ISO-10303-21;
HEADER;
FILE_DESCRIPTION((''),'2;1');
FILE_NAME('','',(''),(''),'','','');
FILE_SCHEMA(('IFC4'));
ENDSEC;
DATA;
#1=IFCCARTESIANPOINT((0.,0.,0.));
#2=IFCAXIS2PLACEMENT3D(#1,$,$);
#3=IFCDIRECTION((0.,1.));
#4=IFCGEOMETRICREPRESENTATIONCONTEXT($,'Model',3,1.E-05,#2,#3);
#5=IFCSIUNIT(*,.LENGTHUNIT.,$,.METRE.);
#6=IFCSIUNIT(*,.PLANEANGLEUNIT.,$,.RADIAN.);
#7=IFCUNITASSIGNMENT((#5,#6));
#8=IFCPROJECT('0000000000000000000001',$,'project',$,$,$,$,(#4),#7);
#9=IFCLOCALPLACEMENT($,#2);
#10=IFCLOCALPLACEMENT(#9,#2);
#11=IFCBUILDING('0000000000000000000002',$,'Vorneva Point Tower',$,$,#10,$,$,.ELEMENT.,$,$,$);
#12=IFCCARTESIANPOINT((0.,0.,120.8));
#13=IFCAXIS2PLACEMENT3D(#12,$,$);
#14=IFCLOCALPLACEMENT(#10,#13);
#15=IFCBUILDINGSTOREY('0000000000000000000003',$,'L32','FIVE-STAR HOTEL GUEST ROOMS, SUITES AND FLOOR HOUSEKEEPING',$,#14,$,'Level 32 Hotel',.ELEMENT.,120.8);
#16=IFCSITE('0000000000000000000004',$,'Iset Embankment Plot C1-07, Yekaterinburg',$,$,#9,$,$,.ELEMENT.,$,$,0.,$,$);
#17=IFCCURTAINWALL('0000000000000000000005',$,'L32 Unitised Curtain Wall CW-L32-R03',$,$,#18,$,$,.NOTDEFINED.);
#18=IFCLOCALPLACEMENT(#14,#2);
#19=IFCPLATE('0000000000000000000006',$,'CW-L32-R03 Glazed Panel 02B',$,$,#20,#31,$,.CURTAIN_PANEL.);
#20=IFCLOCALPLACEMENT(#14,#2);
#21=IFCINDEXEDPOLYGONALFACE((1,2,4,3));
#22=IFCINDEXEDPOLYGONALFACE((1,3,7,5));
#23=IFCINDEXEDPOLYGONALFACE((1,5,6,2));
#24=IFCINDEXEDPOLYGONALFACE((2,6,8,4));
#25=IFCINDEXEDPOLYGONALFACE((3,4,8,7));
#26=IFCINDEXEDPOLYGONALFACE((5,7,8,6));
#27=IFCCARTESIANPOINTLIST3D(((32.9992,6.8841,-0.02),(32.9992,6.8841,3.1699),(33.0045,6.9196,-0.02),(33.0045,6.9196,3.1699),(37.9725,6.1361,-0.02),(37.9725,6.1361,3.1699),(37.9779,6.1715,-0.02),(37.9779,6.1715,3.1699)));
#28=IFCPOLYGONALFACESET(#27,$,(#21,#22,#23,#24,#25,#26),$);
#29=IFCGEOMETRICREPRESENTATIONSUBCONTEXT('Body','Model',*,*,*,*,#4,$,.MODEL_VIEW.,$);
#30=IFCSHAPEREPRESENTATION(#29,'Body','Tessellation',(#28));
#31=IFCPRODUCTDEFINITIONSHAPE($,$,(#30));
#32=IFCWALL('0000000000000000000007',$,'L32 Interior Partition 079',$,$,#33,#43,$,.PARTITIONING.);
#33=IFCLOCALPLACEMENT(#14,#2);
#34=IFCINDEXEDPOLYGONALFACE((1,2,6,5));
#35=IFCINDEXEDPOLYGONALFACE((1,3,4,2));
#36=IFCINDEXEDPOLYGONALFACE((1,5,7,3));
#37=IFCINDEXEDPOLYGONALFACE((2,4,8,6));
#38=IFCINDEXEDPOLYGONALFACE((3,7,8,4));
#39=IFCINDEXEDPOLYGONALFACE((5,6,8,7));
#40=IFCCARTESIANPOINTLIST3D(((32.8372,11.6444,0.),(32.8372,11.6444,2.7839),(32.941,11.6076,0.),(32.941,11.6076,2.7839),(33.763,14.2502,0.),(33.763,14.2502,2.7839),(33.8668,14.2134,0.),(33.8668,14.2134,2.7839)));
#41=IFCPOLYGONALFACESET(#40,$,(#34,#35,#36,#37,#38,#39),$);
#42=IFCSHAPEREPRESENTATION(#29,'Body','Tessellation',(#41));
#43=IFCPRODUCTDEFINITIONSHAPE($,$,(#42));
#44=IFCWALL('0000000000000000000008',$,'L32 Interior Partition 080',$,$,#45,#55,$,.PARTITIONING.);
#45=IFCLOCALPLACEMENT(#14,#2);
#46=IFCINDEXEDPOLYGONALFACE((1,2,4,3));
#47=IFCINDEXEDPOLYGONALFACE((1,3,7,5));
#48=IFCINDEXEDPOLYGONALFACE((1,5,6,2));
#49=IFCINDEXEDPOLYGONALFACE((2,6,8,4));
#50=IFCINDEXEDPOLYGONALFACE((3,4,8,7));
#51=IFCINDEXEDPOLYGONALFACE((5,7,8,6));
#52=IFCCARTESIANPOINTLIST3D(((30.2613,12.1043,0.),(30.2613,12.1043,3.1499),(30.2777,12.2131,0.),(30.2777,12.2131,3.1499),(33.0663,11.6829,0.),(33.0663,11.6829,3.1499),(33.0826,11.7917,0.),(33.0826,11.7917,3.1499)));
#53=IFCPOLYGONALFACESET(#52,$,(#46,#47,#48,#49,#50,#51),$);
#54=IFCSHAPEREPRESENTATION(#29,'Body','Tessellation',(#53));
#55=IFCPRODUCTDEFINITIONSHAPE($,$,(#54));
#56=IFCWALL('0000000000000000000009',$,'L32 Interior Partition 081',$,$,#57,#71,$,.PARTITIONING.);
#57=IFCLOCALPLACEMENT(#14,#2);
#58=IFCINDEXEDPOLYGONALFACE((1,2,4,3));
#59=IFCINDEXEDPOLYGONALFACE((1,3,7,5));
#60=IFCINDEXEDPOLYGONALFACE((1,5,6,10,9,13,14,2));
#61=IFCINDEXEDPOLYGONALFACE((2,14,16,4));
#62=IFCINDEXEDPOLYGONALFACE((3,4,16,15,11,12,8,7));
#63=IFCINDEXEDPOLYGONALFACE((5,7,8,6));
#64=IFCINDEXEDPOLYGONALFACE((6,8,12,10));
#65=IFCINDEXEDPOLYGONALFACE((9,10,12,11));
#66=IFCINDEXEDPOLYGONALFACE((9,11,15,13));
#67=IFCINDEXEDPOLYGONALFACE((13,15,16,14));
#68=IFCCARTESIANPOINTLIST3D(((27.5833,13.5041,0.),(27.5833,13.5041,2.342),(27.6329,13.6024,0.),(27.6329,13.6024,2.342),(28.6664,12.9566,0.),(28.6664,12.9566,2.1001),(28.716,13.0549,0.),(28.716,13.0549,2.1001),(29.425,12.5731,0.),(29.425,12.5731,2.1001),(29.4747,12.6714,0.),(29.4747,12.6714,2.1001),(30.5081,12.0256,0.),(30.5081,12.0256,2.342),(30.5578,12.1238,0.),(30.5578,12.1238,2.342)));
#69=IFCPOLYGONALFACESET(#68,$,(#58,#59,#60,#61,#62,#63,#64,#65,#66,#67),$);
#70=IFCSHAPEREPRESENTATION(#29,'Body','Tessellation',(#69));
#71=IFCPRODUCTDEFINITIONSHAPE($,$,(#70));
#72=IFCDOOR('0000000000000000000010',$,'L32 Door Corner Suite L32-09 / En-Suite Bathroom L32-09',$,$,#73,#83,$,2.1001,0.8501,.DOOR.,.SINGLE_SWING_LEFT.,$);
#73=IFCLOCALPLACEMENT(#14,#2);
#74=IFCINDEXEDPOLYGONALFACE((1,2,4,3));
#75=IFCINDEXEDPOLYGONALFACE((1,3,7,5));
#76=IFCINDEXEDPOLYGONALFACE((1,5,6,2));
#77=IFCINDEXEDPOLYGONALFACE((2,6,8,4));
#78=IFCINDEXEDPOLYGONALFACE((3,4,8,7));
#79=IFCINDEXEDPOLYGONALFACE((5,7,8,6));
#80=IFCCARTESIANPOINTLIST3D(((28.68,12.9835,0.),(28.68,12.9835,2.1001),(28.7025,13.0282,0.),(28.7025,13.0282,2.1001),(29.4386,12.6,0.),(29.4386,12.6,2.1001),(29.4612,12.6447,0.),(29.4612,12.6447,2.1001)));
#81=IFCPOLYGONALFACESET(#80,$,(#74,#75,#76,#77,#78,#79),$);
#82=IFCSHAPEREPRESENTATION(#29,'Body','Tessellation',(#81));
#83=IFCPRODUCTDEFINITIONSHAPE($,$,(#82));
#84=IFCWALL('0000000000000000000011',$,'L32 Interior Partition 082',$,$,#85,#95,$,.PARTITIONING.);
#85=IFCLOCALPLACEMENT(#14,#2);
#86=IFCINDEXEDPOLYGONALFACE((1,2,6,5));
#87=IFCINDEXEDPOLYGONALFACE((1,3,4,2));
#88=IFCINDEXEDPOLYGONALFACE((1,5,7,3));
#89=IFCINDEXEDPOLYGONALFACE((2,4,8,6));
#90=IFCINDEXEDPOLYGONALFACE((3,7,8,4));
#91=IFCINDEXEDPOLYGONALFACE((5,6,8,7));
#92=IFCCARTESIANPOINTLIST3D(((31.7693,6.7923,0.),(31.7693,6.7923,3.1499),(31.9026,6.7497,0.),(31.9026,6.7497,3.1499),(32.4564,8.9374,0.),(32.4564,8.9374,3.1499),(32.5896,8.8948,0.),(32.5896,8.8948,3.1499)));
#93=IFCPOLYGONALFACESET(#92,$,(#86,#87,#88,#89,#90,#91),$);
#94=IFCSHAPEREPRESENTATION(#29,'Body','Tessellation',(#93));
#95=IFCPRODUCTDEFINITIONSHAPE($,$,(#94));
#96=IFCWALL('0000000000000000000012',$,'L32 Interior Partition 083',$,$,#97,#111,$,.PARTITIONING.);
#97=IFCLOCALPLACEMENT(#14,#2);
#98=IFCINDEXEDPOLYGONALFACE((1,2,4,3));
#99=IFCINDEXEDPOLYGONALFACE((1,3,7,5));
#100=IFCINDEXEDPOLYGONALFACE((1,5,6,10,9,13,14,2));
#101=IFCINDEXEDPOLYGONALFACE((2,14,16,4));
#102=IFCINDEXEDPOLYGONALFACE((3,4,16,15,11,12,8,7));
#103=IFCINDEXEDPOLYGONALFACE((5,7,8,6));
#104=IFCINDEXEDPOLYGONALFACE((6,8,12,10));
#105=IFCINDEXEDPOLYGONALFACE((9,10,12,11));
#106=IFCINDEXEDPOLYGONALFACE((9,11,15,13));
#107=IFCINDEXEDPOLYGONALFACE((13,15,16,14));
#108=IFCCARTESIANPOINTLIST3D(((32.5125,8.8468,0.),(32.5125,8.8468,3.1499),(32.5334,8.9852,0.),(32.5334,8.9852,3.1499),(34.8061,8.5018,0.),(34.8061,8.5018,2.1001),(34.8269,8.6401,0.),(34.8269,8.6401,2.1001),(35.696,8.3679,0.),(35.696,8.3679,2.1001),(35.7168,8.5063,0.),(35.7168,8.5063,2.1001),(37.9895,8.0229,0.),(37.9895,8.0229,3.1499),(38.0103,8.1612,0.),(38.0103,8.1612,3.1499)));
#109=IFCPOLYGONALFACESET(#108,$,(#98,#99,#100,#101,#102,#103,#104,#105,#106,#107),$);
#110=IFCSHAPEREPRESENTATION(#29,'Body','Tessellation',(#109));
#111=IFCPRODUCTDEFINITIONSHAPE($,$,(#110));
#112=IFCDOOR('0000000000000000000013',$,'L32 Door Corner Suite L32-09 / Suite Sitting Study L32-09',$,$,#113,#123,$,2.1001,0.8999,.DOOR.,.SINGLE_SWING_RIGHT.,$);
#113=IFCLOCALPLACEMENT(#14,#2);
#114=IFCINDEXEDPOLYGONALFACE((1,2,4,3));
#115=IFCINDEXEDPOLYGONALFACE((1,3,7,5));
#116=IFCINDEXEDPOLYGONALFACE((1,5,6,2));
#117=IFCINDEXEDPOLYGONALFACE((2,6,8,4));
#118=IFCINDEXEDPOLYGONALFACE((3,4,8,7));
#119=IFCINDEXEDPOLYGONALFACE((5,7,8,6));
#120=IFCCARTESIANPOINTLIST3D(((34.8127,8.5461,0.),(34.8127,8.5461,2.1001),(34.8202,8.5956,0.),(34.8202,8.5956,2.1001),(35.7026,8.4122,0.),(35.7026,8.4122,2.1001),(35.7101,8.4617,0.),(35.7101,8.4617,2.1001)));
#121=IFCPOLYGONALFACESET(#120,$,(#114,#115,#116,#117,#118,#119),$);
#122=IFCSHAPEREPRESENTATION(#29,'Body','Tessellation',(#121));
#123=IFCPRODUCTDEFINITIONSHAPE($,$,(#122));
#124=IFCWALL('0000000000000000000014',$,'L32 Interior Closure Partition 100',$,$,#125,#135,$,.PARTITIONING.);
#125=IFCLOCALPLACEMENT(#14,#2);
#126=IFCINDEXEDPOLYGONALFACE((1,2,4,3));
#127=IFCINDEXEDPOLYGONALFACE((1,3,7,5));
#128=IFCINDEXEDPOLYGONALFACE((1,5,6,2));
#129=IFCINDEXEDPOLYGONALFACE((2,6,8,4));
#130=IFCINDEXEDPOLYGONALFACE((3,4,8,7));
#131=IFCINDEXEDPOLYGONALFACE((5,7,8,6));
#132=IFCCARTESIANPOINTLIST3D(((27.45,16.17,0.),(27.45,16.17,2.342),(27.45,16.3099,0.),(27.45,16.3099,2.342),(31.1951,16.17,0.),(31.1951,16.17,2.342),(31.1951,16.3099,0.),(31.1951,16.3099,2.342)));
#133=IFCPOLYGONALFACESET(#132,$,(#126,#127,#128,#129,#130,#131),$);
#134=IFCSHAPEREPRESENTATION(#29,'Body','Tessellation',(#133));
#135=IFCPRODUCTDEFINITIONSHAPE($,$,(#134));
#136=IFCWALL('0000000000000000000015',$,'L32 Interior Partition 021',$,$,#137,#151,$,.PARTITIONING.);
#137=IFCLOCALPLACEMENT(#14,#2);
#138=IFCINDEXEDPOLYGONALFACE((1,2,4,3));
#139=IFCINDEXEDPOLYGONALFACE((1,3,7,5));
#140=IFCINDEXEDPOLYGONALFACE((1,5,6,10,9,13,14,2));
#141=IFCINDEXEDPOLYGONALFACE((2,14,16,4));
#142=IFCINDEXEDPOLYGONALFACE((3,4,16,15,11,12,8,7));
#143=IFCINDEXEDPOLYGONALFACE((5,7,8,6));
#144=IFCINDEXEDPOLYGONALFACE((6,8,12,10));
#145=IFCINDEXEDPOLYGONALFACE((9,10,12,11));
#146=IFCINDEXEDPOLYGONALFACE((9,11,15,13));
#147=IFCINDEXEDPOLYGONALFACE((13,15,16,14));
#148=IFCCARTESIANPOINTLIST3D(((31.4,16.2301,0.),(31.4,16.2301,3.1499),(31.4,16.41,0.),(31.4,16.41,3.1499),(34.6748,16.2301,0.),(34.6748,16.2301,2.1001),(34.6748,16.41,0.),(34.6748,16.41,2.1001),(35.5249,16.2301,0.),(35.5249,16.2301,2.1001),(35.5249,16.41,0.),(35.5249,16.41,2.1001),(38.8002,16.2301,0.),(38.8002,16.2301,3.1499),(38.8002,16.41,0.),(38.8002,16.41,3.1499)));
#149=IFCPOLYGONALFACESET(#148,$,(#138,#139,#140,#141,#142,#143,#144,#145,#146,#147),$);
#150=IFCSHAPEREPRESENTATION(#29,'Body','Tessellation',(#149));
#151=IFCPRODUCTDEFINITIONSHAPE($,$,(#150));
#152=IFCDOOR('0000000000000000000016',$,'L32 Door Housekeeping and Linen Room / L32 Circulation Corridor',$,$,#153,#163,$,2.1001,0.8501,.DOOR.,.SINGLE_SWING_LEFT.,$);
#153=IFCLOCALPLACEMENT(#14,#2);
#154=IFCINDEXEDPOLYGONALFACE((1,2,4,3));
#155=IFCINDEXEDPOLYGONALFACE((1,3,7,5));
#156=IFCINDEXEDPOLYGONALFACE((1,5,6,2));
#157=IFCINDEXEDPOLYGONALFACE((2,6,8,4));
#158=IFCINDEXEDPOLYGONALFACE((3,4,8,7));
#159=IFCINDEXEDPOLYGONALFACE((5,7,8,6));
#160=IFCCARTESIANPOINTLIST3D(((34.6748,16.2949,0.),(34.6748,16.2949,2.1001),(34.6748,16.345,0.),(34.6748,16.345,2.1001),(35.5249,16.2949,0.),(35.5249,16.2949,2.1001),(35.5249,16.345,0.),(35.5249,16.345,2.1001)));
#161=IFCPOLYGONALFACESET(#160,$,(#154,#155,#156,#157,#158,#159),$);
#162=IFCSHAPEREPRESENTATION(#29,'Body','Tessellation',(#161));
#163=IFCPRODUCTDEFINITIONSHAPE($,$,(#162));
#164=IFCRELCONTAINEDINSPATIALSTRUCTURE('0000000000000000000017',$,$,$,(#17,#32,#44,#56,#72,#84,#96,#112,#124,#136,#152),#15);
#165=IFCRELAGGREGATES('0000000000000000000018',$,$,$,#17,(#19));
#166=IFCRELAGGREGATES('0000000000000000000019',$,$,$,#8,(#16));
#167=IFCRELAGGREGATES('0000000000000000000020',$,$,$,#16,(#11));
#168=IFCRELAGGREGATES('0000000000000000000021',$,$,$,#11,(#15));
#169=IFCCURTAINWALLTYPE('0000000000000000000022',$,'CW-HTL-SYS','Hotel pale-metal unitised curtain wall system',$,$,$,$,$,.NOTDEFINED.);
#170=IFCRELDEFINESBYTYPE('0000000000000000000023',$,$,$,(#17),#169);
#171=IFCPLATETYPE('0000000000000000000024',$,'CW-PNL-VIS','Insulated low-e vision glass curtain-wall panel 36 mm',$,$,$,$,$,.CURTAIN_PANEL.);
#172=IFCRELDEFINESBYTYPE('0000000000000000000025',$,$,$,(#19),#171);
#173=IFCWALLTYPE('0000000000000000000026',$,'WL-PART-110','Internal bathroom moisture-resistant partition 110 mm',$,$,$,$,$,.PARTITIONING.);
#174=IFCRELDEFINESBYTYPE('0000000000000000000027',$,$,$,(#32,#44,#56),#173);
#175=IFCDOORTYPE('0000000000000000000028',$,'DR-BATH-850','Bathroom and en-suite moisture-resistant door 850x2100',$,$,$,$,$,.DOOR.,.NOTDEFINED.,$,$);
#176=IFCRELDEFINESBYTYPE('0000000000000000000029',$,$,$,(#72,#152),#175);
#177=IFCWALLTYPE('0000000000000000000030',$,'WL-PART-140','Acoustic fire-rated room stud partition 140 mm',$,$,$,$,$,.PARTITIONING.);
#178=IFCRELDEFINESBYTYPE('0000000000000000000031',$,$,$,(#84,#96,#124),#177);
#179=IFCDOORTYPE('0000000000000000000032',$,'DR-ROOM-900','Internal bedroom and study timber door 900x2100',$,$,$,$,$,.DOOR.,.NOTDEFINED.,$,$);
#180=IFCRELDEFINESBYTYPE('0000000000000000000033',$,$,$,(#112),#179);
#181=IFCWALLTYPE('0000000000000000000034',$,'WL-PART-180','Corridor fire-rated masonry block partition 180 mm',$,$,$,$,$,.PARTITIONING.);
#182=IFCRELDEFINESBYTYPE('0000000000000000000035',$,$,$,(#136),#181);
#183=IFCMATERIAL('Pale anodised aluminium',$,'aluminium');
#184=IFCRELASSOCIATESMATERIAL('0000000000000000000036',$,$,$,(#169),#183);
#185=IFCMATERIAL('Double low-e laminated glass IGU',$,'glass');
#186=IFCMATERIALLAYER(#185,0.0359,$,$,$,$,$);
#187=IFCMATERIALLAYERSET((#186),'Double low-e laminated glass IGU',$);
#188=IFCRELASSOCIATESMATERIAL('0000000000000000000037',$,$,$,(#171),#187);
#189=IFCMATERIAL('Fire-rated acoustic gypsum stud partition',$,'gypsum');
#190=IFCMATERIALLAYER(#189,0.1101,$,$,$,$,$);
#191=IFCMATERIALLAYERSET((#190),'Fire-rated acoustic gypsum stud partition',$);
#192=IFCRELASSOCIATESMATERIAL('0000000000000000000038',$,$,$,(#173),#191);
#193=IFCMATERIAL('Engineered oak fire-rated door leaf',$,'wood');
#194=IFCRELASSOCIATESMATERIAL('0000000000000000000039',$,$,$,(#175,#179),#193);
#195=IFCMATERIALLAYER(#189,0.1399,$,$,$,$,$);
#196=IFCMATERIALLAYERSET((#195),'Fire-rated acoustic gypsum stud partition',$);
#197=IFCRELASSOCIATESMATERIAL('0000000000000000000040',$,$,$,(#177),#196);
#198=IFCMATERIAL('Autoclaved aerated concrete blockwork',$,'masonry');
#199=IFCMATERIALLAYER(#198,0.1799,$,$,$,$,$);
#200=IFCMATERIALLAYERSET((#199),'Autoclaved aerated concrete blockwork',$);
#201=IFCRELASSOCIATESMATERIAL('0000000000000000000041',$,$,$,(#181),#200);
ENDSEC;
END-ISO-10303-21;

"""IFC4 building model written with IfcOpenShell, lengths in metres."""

from ifc_helpers import new_model, si_unit, direction, frame, frame_2d, origin, origin_2d, place, context, subcontext, project, spatial, rectangle, extrude, material, layer, layer_set, type_object, element, fill, aggregate, save


model = new_model("IFC4")

# Units and contexts
model_context = context("Model", 3, precision=1e-05, world=origin(), true_north=direction((0.0, 1.0)))
body_context = subcontext(model_context, "Body", "Model", "MODEL_VIEW")
ifc_project = project(units=[si_unit("LENGTHUNIT", "METRE"), si_unit("PLANEANGLEUNIT", "RADIAN")], contexts=[model_context])

# Site, building, storey
site_placement = place(None, origin())
site = spatial("IfcSite", under=ifc_project, at=site_placement, Name="Iset Embankment Plot C1-07, Yekaterinburg", CompositionType="ELEMENT", RefElevation=0.0)
building_placement = place(site_placement, origin())
building = spatial("IfcBuilding", under=site, at=building_placement, Name="Vorneva Point Tower", CompositionType="ELEMENT")
storey_placement = place(building_placement, frame((0.0, 0.0, 120.8)))
storey = spatial("IfcBuildingStorey", under=building, at=storey_placement, Name="L32", Description="FIVE-STAR HOTEL GUEST ROOMS, SUITES AND FLOOR HOUSEKEEPING", LongName="Level 32 Hotel", CompositionType="ELEMENT", Elevation=120.8)

# Curtain wall, plate
ifc_material_1 = material(Name="Pale anodised aluminium", Category="aluminium")
curtain_wall_type = type_object("IfcCurtainWallType", Name="CW-HTL-SYS", Description="Hotel pale-metal unitised curtain wall system", PredefinedType="NOTDEFINED", material=ifc_material_1)
curtain_wall_placement = place(storey_placement, origin())
curtain_wall = element("IfcCurtainWall", 1, at=curtain_wall_placement, inside=storey, type_object=curtain_wall_type, Name="L32 Unitised Curtain Wall CW-L32-R03", PredefinedType="NOTDEFINED")
ifc_material_2 = material(Name="Double low-e laminated glass IGU", Category="glass")
ifc_layer_1 = layer(ifc_material_2, 0.0359)
ifc_layer_set_1 = layer_set([ifc_layer_1], Name="Double low-e laminated glass IGU")
plate_type = type_object("IfcPlateType", Name="CW-PNL-VIS", Description="Insulated low-e vision glass curtain-wall panel 36 mm", PredefinedType="CURTAIN_PANEL", material=ifc_layer_set_1)
plate_1_placement = place(storey_placement, frame((35.4885, 6.5278, -0.02), z_axis=(0.0, 0.0, 1.0), x_axis=(0.988876, -0.148741, 0.0)))
plate_1 = element("IfcPlate", 2, at=plate_1_placement, type_object=plate_type, Name="CW-L32-R03 Glazed Panel 02B", PredefinedType="CURTAIN_PANEL", context=body_context, shape_type="SweptSolid", body=[
    extrude(rectangle(XDim=5.0293, YDim=0.0359, at=origin_2d()), origin(), (0.0, 0.0, 1.0), 3.1899),
])
aggregate(curtain_wall, [plate_1])

# Walls
ifc_material_3 = material(Name="Fire-rated acoustic gypsum stud partition", Category="gypsum")
ifc_layer_2 = layer(ifc_material_3, 0.1101)
ifc_layer_set_2 = layer_set([ifc_layer_2], Name="Fire-rated acoustic gypsum stud partition")
wall_type_1 = type_object("IfcWallType", Name="WL-PART-110", Description="Internal bathroom moisture-resistant partition 110 mm", PredefinedType="PARTITIONING", material=ifc_layer_set_2)
wall_1_placement = place(storey_placement, frame((33.8149, 14.2319, 0.0), z_axis=(0.0, 0.0, 1.0), x_axis=(-0.334787, -0.942294, 0.0)))
element("IfcWall", 3, at=wall_1_placement, inside=storey, type_object=wall_type_1, Name="L32 Interior Partition 079", PredefinedType="PARTITIONING", context=body_context, shape_type="SweptSolid", body=[
    extrude(rectangle(XDim=2.7654, YDim=0.1101, at=frame_2d((1.3828, 0.0))), origin(), (0.0, 0.0, 1.0), 2.7839),
])
wall_2_placement = place(storey_placement, frame((33.0745, 11.7373, 0.0), z_axis=(0.0, 0.0, 1.0), x_axis=(-0.988903, 0.148564, 0.0)))
element("IfcWall", 4, at=wall_2_placement, inside=storey, type_object=wall_type_1, Name="L32 Interior Partition 080", PredefinedType="PARTITIONING", context=body_context, shape_type="SweptSolid", body=[
    extrude(rectangle(XDim=2.8364, YDim=0.1101, at=frame_2d((1.4182, 0.0))), origin(), (0.0, 0.0, 1.0), 3.1499),
])

# Wall, opening, door
wall_3_placement = place(storey_placement, frame((30.533, 12.0747, 0.0), z_axis=(0.0, 0.0, 1.0), x_axis=(-0.892452, 0.451143, 0.0)))
wall_3 = element("IfcWall", 5, at=wall_3_placement, inside=storey, type_object=wall_type_1, Name="L32 Interior Partition 081", PredefinedType="PARTITIONING", context=body_context, shape_type="SweptSolid", body=[
    extrude(rectangle(XDim=3.2773, YDim=0.1101, at=frame_2d((1.6387, 0.0))), origin(), (0.0, 0.0, 1.0), 2.342),
])
opening_1_placement = place(wall_3_placement, frame((1.2136, 0.0, 0.0)))
opening_1 = element("IfcOpeningElement", 6, at=opening_1_placement, cuts=wall_3, PredefinedType="OPENING", context=body_context, shape_type="SweptSolid", body=[
    extrude(rectangle(XDim=0.8501, YDim=2.1001, at=frame_2d((0.425, 1.05))), frame((0.0, 0.0698, 0.0), z_axis=(0.0, -1.0, 0.0), x_axis=(1.0, 0.0, 0.0)), (0.0, 0.0, 1.0), 0.1399),
])
ifc_material_4 = material(Name="Engineered oak fire-rated door leaf", Category="wood")
door_type_1 = type_object("IfcDoorType", Name="DR-BATH-850", Description="Bathroom and en-suite moisture-resistant door 850x2100", OperationType="NOTDEFINED", PredefinedType="DOOR", material=ifc_material_4)
door_1_placement = place(opening_1_placement, origin())
door_1 = element("IfcDoor", 7, at=door_1_placement, inside=storey, type_object=door_type_1, Name="L32 Door Corner Suite L32-09 / En-Suite Bathroom L32-09", OperationType="SINGLE_SWING_LEFT", OverallHeight=2.1001, OverallWidth=0.8501, PredefinedType="DOOR", context=body_context, shape_type="SweptSolid", body=[
    extrude(rectangle(XDim=0.8501, YDim=2.1001, at=frame_2d((0.425, 1.05))), frame((0.0, 0.0249, 0.0), z_axis=(0.0, -1.0, 0.0), x_axis=(1.0, 0.0, 0.0)), (0.0, 0.0, 1.0), 0.05),
])
fill(opening_1, door_1)

# Wall
ifc_layer_3 = layer(ifc_material_3, 0.1399)
ifc_layer_set_3 = layer_set([ifc_layer_3], Name="Fire-rated acoustic gypsum stud partition")
wall_type_2 = type_object("IfcWallType", Name="WL-PART-140", Description="Acoustic fire-rated room stud partition 140 mm", PredefinedType="PARTITIONING", material=ifc_layer_set_3)
wall_4_placement = place(storey_placement, frame((31.8359, 6.771, 0.0), z_axis=(0.0, 0.0, 1.0), x_axis=(0.30502, 0.952346, 0.0)))
element("IfcWall", 8, at=wall_4_placement, inside=storey, type_object=wall_type_2, Name="L32 Interior Partition 082", PredefinedType="PARTITIONING", context=body_context, shape_type="SweptSolid", body=[
    extrude(rectangle(XDim=2.2524, YDim=0.1399, at=frame_2d((1.1262, 0.0))), origin(), (0.0, 0.0, 1.0), 3.1499),
])

# Wall, opening, door
wall_5_placement = place(storey_placement, frame((32.5229, 8.916, 0.0), z_axis=(0.0, 0.0, 1.0), x_axis=(0.988872, -0.148767, 0.0)))
wall_5 = element("IfcWall", 9, at=wall_5_placement, inside=storey, type_object=wall_type_2, Name="L32 Interior Partition 083", PredefinedType="PARTITIONING", context=body_context, shape_type="SweptSolid", body=[
    extrude(rectangle(XDim=5.5386, YDim=0.1399, at=frame_2d((2.7693, 0.0))), origin(), (0.0, 0.0, 1.0), 3.1499),
])
opening_2_placement = place(wall_5_placement, frame((2.3193, 0.0, 0.0)))
opening_2 = element("IfcOpeningElement", 10, at=opening_2_placement, cuts=wall_5, PredefinedType="OPENING", context=body_context, shape_type="SweptSolid", body=[
    extrude(rectangle(XDim=0.8999, YDim=2.1001, at=frame_2d((0.45, 1.05))), frame((0.0, 0.085, 0.0), z_axis=(0.0, -1.0, 0.0), x_axis=(1.0, 0.0, 0.0)), (0.0, 0.0, 1.0), 0.1697),
])
door_type_2 = type_object("IfcDoorType", Name="DR-ROOM-900", Description="Internal bedroom and study timber door 900x2100", OperationType="NOTDEFINED", PredefinedType="DOOR", material=ifc_material_4)
door_2_placement = place(opening_2_placement, origin())
door_2 = element("IfcDoor", 11, at=door_2_placement, inside=storey, type_object=door_type_2, Name="L32 Door Corner Suite L32-09 / Suite Sitting Study L32-09", OperationType="SINGLE_SWING_RIGHT", OverallHeight=2.1001, OverallWidth=0.8999, PredefinedType="DOOR", context=body_context, shape_type="SweptSolid", body=[
    extrude(rectangle(XDim=0.8999, YDim=2.1001, at=frame_2d((0.45, 1.05))), frame((0.0, 0.0249, 0.0), z_axis=(0.0, -1.0, 0.0), x_axis=(1.0, 0.0, 0.0)), (0.0, 0.0, 1.0), 0.05),
])
fill(opening_2, door_2)

# Wall
wall_6_placement = place(storey_placement, frame((31.1951, 16.24, 0.0), z_axis=(0.0, 0.0, 1.0), x_axis=(-1.0, 0.0, 0.0)))
element("IfcWall", 12, at=wall_6_placement, inside=storey, type_object=wall_type_2, Name="L32 Interior Closure Partition 100", PredefinedType="PARTITIONING", context=body_context, shape_type="SweptSolid", body=[
    extrude(rectangle(XDim=3.7451, YDim=0.1399, at=frame_2d((1.8726, 0.0))), origin(), (0.0, 0.0, 1.0), 2.342),
])

# Wall, opening, door
ifc_material_5 = material(Name="Autoclaved aerated concrete blockwork", Category="masonry")
ifc_layer_4 = layer(ifc_material_5, 0.1799)
ifc_layer_set_4 = layer_set([ifc_layer_4], Name="Autoclaved aerated concrete blockwork")
wall_type_3 = type_object("IfcWallType", Name="WL-PART-180", Description="Corridor fire-rated masonry block partition 180 mm", PredefinedType="PARTITIONING", material=ifc_layer_set_4)
wall_7_placement = place(storey_placement, frame((31.3999, 16.3201, 0.0), z_axis=(0.0, 0.0, 1.0), x_axis=(1.0, 0.0, 0.0)))
wall_7 = element("IfcWall", 13, at=wall_7_placement, inside=storey, type_object=wall_type_3, Name="L32 Interior Partition 021", PredefinedType="PARTITIONING", context=body_context, shape_type="SweptSolid", body=[
    extrude(rectangle(XDim=7.4001, YDim=0.1799, at=frame_2d((3.7002, 0.0))), origin(), (0.0, 0.0, 1.0), 3.1499),
])
opening_3_placement = place(wall_7_placement, frame((3.2749, 0.0, 0.0)))
opening_3 = element("IfcOpeningElement", 14, at=opening_3_placement, cuts=wall_7, PredefinedType="OPENING", context=body_context, shape_type="SweptSolid", body=[
    extrude(rectangle(XDim=0.8501, YDim=2.1001, at=frame_2d((0.425, 1.05))), frame((0.0, 0.105, 0.0), z_axis=(0.0, -1.0, 0.0), x_axis=(1.0, 0.0, 0.0)), (0.0, 0.0, 1.0), 0.2097),
])
door_3_placement = place(opening_3_placement, origin())
door_3 = element("IfcDoor", 15, at=door_3_placement, inside=storey, type_object=door_type_1, Name="L32 Door Housekeeping and Linen Room / L32 Circulation Corridor", OperationType="SINGLE_SWING_LEFT", OverallHeight=2.1001, OverallWidth=0.8501, PredefinedType="DOOR", context=body_context, shape_type="SweptSolid", body=[
    extrude(rectangle(XDim=0.8501, YDim=2.1001, at=frame_2d((0.425, 1.05))), frame((0.0, 0.0249, 0.0), z_axis=(0.0, -1.0, 0.0), x_axis=(1.0, 0.0, 0.0)), (0.0, 0.0, 1.0), 0.05),
])
fill(opening_3, door_3)

save(model, "model.ifc")
